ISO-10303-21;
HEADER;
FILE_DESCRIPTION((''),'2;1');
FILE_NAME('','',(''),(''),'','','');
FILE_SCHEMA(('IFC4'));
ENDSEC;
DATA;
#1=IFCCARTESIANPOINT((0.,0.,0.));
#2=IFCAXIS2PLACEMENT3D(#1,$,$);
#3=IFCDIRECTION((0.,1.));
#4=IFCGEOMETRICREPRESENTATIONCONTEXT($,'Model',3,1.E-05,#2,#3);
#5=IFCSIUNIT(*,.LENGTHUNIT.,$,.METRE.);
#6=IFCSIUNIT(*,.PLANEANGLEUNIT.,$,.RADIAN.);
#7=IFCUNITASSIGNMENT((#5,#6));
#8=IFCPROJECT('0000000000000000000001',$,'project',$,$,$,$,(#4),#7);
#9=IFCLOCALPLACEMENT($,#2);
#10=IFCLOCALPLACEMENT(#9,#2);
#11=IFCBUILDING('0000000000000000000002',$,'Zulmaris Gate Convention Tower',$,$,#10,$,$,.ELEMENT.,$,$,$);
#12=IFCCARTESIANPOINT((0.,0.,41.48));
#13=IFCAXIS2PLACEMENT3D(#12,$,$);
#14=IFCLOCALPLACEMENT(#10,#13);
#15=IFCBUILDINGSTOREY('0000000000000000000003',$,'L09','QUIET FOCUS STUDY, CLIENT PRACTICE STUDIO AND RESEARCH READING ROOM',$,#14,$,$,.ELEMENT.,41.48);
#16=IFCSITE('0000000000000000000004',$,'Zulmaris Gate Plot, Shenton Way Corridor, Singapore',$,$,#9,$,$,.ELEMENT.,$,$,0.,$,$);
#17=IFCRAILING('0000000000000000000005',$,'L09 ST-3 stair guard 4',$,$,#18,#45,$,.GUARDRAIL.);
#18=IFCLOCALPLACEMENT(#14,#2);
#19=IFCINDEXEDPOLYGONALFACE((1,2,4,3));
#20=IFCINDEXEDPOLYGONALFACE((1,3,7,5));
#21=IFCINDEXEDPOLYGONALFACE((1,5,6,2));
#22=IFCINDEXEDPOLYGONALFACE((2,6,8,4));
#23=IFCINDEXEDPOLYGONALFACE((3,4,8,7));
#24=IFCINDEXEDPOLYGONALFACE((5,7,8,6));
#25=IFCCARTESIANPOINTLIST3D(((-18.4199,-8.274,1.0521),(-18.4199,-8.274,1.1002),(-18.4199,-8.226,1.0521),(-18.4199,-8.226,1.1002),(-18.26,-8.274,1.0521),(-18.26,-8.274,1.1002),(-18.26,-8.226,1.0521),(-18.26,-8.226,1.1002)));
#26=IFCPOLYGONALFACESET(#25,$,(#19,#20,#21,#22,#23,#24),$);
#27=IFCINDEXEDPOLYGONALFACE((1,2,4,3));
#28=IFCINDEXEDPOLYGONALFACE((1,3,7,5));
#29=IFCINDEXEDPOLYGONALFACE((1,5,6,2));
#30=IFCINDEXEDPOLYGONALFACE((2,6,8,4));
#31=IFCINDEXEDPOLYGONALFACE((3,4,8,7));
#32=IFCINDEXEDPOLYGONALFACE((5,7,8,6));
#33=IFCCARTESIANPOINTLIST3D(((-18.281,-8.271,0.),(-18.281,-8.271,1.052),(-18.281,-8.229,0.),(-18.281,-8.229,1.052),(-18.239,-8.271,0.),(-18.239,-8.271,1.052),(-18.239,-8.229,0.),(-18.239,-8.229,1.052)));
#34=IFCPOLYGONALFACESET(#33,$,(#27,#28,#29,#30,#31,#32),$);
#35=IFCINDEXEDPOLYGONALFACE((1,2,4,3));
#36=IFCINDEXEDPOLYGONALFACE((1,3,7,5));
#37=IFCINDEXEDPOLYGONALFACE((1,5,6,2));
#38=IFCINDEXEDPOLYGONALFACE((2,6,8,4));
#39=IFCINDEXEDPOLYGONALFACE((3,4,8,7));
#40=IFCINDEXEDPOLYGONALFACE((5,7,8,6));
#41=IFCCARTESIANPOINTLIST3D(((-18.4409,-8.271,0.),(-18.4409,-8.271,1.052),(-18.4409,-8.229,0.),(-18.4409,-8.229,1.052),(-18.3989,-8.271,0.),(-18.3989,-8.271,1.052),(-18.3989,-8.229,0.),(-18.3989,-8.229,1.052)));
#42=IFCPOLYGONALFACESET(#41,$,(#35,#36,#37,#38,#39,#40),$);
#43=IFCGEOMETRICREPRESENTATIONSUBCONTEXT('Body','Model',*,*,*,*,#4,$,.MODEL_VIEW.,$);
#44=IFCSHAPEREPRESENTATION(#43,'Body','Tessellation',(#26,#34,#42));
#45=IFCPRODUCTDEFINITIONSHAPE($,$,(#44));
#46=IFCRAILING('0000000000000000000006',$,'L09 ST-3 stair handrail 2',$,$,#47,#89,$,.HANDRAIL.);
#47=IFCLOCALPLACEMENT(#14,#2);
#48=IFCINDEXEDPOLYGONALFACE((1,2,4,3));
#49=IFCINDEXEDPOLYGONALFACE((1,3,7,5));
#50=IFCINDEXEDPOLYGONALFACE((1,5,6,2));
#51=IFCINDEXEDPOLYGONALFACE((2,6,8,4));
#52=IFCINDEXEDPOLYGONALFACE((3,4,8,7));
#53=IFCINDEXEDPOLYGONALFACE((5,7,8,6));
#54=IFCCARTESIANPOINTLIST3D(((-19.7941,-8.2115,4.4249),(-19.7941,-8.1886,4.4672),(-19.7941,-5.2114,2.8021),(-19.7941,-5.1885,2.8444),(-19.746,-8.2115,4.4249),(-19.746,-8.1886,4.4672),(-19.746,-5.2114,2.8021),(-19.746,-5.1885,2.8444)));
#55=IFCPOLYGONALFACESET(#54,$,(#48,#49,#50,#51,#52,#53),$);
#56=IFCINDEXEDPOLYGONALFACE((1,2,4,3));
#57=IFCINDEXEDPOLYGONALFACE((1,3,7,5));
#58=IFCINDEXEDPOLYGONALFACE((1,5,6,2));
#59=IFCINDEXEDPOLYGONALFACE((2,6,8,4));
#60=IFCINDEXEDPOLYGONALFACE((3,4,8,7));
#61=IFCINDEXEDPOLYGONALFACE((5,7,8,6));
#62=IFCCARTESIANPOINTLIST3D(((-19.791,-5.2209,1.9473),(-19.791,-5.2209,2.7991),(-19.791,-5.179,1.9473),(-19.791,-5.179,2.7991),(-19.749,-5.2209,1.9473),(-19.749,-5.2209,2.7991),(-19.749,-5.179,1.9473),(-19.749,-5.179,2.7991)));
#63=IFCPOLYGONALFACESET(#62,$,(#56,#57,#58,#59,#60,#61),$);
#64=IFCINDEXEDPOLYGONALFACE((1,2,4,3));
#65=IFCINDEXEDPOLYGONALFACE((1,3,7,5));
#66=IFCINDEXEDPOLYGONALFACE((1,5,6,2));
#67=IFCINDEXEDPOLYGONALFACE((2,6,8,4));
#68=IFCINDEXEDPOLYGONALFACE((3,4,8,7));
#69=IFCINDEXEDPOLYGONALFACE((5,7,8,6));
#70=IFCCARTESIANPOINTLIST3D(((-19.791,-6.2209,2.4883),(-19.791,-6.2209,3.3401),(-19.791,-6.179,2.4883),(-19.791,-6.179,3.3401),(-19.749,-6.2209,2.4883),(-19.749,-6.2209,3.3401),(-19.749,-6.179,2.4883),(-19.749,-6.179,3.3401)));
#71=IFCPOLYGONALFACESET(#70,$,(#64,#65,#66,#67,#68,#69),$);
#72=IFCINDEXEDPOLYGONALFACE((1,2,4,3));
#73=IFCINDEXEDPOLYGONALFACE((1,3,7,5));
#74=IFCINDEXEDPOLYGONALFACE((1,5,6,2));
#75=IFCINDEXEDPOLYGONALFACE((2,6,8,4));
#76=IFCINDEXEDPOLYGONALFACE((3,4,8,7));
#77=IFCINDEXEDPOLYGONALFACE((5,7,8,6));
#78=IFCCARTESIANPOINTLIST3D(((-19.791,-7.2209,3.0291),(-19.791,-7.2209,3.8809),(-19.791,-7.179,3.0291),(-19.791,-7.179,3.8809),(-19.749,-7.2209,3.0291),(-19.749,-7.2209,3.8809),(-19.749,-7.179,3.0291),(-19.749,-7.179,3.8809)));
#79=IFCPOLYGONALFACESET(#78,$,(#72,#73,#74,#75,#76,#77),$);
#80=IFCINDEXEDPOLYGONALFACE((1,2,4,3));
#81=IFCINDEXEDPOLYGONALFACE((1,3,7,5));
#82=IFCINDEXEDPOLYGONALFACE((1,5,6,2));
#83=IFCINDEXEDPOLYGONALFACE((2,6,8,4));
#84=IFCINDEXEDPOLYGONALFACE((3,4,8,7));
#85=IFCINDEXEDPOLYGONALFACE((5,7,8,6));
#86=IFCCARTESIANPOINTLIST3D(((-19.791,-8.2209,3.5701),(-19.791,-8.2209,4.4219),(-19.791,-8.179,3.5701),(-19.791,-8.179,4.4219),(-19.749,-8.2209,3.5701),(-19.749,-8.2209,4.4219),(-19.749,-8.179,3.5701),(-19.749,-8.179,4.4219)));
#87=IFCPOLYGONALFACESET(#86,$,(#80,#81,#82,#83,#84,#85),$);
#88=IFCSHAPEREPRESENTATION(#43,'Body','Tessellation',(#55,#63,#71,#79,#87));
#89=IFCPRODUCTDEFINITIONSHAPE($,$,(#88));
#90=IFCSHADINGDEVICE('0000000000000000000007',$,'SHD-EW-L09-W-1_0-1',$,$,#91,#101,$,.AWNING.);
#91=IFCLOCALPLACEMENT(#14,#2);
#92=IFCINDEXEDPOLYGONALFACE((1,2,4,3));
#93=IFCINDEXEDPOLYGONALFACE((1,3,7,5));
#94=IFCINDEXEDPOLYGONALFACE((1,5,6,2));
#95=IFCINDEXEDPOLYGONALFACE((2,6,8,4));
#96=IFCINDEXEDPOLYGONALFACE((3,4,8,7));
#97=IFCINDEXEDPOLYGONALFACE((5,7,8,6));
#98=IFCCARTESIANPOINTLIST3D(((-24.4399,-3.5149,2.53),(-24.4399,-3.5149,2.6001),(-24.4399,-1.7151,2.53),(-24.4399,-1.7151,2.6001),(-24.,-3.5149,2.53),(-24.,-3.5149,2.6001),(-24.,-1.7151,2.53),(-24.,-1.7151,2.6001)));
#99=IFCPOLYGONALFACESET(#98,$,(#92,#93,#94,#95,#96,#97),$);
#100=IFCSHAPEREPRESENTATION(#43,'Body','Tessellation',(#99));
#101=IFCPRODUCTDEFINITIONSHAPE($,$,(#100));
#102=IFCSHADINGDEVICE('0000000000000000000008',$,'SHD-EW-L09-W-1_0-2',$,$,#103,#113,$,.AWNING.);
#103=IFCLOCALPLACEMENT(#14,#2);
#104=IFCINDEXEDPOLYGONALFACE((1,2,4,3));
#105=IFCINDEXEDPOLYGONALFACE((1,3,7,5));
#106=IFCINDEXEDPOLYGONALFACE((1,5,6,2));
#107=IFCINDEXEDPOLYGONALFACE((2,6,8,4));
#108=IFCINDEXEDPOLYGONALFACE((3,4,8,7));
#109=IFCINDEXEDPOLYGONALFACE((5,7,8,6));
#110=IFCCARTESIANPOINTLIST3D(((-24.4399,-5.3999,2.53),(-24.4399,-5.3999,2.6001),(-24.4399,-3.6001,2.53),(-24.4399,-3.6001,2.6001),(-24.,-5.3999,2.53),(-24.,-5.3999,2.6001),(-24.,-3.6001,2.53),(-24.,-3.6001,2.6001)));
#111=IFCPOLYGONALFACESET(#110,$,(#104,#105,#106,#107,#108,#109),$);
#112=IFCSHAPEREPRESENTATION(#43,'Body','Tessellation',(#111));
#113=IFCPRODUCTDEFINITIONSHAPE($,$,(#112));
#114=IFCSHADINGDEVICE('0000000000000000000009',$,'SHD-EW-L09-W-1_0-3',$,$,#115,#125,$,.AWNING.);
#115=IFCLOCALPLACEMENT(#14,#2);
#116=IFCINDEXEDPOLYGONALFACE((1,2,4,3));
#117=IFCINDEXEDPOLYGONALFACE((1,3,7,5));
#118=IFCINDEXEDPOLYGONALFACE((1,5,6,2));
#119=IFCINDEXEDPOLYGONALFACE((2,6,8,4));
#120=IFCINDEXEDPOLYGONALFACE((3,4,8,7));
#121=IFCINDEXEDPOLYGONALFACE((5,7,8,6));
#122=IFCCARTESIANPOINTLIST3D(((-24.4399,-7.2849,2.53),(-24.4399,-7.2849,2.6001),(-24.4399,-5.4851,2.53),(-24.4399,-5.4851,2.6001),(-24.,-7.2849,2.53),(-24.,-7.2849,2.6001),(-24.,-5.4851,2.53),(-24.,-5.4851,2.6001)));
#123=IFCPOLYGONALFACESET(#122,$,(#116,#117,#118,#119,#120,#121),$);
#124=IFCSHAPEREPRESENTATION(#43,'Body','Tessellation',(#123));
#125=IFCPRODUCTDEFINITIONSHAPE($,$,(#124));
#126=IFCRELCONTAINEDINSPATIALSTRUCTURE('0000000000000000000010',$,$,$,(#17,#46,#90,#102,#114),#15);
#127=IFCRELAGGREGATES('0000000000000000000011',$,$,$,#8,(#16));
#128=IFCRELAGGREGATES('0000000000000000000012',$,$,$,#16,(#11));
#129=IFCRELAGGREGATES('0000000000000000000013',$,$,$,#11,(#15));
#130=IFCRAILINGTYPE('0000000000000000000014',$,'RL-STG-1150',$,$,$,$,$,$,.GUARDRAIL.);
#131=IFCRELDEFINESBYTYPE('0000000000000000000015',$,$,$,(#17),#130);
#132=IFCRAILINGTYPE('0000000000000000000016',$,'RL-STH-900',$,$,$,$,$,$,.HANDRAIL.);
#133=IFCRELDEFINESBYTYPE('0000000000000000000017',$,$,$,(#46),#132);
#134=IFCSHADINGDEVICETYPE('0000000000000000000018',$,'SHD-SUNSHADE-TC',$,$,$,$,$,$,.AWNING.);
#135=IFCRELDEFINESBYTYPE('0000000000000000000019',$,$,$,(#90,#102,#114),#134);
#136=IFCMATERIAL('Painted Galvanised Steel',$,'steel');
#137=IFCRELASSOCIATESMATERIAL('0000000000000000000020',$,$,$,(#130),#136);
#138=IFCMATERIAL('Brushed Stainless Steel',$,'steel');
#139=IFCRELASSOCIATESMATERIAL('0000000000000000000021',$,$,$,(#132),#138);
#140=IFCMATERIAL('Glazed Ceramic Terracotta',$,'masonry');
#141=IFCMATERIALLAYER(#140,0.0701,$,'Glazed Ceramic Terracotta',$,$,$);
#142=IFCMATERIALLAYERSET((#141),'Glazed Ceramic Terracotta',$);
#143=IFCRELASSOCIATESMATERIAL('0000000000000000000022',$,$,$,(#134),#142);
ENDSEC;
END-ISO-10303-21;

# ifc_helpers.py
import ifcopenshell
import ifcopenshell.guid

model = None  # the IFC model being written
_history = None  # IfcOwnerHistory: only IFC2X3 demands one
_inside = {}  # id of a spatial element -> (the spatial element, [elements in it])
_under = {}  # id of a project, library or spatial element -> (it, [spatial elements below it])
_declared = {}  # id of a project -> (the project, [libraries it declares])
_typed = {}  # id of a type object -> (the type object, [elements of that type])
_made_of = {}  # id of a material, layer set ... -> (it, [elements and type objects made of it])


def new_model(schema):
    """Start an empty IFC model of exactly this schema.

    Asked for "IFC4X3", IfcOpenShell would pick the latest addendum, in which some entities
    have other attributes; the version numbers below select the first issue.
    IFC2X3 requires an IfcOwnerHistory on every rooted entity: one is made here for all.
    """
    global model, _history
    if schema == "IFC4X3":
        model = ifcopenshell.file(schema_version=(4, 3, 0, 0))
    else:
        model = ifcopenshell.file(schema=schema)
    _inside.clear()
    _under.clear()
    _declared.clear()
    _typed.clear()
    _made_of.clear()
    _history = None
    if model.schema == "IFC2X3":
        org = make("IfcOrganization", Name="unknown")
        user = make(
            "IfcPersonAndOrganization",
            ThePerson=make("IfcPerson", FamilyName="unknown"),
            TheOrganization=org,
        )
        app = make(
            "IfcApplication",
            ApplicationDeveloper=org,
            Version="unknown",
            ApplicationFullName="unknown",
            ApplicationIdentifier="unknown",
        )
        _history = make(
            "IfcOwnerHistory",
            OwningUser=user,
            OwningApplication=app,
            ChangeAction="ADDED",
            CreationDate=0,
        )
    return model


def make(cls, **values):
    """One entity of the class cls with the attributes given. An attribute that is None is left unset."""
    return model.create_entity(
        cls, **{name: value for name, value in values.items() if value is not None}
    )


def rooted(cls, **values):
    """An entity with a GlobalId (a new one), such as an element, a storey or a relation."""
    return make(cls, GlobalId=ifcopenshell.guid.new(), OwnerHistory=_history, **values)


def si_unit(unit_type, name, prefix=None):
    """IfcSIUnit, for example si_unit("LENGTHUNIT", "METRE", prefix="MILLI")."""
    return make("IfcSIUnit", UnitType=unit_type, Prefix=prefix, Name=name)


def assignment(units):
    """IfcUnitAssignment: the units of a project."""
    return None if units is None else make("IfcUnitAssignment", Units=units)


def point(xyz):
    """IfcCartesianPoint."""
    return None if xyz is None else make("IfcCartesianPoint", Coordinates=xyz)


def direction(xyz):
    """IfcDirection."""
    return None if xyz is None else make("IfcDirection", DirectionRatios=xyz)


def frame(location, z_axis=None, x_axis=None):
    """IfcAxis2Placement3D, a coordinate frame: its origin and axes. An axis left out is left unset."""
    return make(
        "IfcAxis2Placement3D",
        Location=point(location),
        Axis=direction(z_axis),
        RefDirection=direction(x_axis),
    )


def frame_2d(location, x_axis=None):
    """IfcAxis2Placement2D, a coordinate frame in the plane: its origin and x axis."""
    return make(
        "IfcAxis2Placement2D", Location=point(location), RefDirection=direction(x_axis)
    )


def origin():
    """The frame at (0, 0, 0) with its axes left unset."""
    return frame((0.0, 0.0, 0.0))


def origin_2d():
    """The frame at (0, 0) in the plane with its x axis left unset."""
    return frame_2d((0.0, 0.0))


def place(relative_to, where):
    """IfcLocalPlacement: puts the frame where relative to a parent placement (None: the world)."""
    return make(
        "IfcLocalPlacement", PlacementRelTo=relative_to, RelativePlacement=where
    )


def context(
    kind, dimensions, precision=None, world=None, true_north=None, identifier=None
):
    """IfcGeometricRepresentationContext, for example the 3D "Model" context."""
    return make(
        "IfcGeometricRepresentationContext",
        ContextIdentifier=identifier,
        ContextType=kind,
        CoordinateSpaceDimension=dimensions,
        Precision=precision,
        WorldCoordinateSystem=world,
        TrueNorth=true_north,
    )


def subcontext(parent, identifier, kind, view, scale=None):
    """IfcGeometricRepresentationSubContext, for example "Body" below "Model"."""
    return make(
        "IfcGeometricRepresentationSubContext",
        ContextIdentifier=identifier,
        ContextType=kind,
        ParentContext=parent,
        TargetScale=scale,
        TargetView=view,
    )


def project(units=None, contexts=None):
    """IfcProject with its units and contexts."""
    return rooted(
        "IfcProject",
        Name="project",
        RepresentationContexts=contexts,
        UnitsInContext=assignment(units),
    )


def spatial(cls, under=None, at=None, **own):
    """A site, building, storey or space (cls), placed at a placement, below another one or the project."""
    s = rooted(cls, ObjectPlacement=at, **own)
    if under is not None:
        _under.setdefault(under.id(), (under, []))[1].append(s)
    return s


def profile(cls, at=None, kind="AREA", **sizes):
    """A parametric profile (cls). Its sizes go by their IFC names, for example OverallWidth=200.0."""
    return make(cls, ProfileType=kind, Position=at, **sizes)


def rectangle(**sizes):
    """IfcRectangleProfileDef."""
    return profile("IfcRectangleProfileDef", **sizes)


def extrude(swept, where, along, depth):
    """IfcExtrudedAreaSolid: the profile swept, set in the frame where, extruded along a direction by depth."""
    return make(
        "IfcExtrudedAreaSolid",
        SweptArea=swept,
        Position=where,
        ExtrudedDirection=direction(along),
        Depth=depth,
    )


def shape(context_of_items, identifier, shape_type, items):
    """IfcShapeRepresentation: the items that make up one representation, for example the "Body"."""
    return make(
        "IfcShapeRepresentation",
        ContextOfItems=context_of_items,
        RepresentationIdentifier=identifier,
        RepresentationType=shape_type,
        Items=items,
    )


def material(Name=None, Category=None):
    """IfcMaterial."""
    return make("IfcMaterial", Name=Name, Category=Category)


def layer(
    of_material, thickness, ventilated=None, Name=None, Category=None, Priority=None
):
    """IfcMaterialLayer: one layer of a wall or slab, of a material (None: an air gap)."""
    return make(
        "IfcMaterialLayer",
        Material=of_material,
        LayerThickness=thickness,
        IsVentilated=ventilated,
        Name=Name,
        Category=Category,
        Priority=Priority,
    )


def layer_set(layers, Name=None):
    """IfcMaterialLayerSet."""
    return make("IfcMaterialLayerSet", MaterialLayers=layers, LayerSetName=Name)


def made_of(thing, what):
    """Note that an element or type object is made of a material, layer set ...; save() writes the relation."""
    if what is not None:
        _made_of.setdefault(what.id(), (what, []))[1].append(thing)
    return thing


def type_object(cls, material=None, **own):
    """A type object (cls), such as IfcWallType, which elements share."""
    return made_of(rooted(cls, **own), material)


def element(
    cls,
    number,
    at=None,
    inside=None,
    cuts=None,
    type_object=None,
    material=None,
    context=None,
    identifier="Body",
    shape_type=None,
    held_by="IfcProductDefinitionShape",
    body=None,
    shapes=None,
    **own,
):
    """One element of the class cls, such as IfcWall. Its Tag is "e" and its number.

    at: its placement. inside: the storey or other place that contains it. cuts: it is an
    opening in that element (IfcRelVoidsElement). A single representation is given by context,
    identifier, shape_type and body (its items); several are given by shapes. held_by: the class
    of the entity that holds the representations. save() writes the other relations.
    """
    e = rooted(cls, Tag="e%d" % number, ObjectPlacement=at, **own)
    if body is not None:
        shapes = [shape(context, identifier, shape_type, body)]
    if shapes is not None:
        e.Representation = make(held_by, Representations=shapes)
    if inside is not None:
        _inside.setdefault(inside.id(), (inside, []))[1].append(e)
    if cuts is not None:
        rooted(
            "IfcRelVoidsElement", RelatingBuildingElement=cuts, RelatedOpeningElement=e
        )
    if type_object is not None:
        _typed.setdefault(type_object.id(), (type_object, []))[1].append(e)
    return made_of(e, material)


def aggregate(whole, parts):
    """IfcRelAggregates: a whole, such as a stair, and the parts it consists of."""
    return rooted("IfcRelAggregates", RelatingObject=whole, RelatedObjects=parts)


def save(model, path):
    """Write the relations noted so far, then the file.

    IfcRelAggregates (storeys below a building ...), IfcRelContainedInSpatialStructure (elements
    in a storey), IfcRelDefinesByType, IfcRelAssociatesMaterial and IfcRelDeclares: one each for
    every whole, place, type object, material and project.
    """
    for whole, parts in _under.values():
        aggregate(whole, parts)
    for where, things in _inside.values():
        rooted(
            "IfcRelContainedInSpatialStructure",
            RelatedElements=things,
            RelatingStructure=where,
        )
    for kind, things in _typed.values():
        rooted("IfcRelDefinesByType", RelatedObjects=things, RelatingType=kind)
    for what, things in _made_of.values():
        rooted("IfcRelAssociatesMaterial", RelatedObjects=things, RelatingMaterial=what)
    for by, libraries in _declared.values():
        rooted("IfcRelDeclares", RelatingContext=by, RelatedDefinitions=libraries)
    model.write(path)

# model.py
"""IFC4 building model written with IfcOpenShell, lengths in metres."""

from ifc_helpers import new_model, si_unit, direction, frame, frame_2d, origin, origin_2d, place, context, subcontext, project, spatial, rectangle, extrude, material, layer, layer_set, type_object, element, save


model = new_model("IFC4")

# Units and contexts
model_context = context("Model", 3, precision=1e-05, world=origin(), true_north=direction((0.0, 1.0)))
body_context = subcontext(model_context, "Body", "Model", "MODEL_VIEW")
ifc_project = project(units=[si_unit("LENGTHUNIT", "METRE"), si_unit("PLANEANGLEUNIT", "RADIAN")], contexts=[model_context])

# Site, building, storey
site_placement = place(None, origin())
site = spatial("IfcSite", under=ifc_project, at=site_placement, Name="Zulmaris Gate Plot, Shenton Way Corridor, Singapore", CompositionType="ELEMENT", RefElevation=0.0)
building_placement = place(site_placement, origin())
building = spatial("IfcBuilding", under=site, at=building_placement, Name="Zulmaris Gate Convention Tower", CompositionType="ELEMENT")
storey_placement = place(building_placement, frame((0.0, 0.0, 41.48)))
storey = spatial("IfcBuildingStorey", under=building, at=storey_placement, Name="L09", Description="QUIET FOCUS STUDY, CLIENT PRACTICE STUDIO AND RESEARCH READING ROOM", CompositionType="ELEMENT", Elevation=41.48)

# Railings
ifc_material_1 = material(Name="Painted Galvanised Steel", Category="steel")
railing_type_1 = type_object("IfcRailingType", Name="RL-STG-1150", PredefinedType="GUARDRAIL", material=ifc_material_1)
railing_1_placement = place(storey_placement, frame((-18.26, -8.25, 0.0)))
element("IfcRailing", 1, at=railing_1_placement, inside=storey, type_object=railing_type_1, Name="L09 ST-3 stair guard 4", PredefinedType="GUARDRAIL", context=body_context, shape_type="SweptSolid", body=[
    extrude(rectangle(XDim=0.0481, YDim=0.0481, at=origin_2d()), frame((0.0, 0.0, 1.0762), z_axis=(-1.0, 0.0, 0.0), x_axis=(0.0, -1.0, 0.0)), (0.0, 0.0, 1.0), 0.1599),
    extrude(rectangle(XDim=0.042, YDim=0.042, at=origin_2d()), origin(), (0.0, 0.0, 1.0), 1.052),
    extrude(rectangle(XDim=0.042, YDim=0.042, at=origin_2d()), frame((-0.1599, 0.0, 0.0)), (0.0, 0.0, 1.0), 1.052),
])
ifc_material_2 = material(Name="Brushed Stainless Steel", Category="steel")
railing_type_2 = type_object("IfcRailingType", Name="RL-STH-900", PredefinedType="HANDRAIL", material=ifc_material_2)
railing_2_placement = place(storey_placement, frame((-19.77, -5.2, 1.9473)))
element("IfcRailing", 2, at=railing_2_placement, inside=storey, type_object=railing_type_2, Name="L09 ST-3 stair handrail 2", PredefinedType="HANDRAIL", context=body_context, shape_type="SweptSolid", body=[
    extrude(rectangle(XDim=0.0481, YDim=0.0481, at=origin_2d()), frame((0.0, 0.0, 0.876), z_axis=(0.0, -0.879562, 0.475785), x_axis=(1.0, 0.0, 0.0)), (0.0, 0.0, 1.0), 3.4109),
    extrude(rectangle(XDim=0.042, YDim=0.042, at=origin_2d()), origin(), (0.0, 0.0, 1.0), 0.8518),
    extrude(rectangle(XDim=0.042, YDim=0.042, at=origin_2d()), frame((0.0, -1.0, 0.541)), (0.0, 0.0, 1.0), 0.8518),
    extrude(rectangle(XDim=0.042, YDim=0.042, at=origin_2d()), frame((0.0, -2.0, 1.0818)), (0.0, 0.0, 1.0), 0.8518),
    extrude(rectangle(XDim=0.042, YDim=0.042, at=origin_2d()), frame((0.0, -3.0, 1.6228)), (0.0, 0.0, 1.0), 0.8518),
])

# Shading devices
ifc_material_3 = material(Name="Glazed Ceramic Terracotta", Category="masonry")
ifc_layer_1 = layer(ifc_material_3, 0.0701, Name="Glazed Ceramic Terracotta")
ifc_layer_set_1 = layer_set([ifc_layer_1], Name="Glazed Ceramic Terracotta")
shading_device_type = type_object("IfcShadingDeviceType", Name="SHD-SUNSHADE-TC", PredefinedType="AWNING", material=ifc_layer_set_1)
for number, where, z_axis, x_axis, name in (
    (3, (-24.22, -1.7151, 2.53), (0.0, 0.0, 1.0), (0.0, -1.0, 0.0), "SHD-EW-L09-W-1_0-1"),
    (4, (-24.22, -3.6001, 2.53), (0.0, 0.0, 1.0), (0.0, -1.0, 0.0), "SHD-EW-L09-W-1_0-2"),
    (5, (-24.22, -5.4851, 2.53), (0.0, 0.0, 1.0), (0.0, -1.0, 0.0), "SHD-EW-L09-W-1_0-3"),
):
    element("IfcShadingDevice", number, at=place(storey_placement, frame(where, z_axis=z_axis, x_axis=x_axis)), inside=storey, type_object=shading_device_type, Name=name, PredefinedType="AWNING", context=body_context, shape_type="SweptSolid", body=[
        extrude(rectangle(XDim=1.7998, YDim=0.4399, at=frame_2d((0.8999, 0.0))), origin(), (0.0, 0.0, 1.0), 0.0701),
    ])

save(model, "model.ifc")
